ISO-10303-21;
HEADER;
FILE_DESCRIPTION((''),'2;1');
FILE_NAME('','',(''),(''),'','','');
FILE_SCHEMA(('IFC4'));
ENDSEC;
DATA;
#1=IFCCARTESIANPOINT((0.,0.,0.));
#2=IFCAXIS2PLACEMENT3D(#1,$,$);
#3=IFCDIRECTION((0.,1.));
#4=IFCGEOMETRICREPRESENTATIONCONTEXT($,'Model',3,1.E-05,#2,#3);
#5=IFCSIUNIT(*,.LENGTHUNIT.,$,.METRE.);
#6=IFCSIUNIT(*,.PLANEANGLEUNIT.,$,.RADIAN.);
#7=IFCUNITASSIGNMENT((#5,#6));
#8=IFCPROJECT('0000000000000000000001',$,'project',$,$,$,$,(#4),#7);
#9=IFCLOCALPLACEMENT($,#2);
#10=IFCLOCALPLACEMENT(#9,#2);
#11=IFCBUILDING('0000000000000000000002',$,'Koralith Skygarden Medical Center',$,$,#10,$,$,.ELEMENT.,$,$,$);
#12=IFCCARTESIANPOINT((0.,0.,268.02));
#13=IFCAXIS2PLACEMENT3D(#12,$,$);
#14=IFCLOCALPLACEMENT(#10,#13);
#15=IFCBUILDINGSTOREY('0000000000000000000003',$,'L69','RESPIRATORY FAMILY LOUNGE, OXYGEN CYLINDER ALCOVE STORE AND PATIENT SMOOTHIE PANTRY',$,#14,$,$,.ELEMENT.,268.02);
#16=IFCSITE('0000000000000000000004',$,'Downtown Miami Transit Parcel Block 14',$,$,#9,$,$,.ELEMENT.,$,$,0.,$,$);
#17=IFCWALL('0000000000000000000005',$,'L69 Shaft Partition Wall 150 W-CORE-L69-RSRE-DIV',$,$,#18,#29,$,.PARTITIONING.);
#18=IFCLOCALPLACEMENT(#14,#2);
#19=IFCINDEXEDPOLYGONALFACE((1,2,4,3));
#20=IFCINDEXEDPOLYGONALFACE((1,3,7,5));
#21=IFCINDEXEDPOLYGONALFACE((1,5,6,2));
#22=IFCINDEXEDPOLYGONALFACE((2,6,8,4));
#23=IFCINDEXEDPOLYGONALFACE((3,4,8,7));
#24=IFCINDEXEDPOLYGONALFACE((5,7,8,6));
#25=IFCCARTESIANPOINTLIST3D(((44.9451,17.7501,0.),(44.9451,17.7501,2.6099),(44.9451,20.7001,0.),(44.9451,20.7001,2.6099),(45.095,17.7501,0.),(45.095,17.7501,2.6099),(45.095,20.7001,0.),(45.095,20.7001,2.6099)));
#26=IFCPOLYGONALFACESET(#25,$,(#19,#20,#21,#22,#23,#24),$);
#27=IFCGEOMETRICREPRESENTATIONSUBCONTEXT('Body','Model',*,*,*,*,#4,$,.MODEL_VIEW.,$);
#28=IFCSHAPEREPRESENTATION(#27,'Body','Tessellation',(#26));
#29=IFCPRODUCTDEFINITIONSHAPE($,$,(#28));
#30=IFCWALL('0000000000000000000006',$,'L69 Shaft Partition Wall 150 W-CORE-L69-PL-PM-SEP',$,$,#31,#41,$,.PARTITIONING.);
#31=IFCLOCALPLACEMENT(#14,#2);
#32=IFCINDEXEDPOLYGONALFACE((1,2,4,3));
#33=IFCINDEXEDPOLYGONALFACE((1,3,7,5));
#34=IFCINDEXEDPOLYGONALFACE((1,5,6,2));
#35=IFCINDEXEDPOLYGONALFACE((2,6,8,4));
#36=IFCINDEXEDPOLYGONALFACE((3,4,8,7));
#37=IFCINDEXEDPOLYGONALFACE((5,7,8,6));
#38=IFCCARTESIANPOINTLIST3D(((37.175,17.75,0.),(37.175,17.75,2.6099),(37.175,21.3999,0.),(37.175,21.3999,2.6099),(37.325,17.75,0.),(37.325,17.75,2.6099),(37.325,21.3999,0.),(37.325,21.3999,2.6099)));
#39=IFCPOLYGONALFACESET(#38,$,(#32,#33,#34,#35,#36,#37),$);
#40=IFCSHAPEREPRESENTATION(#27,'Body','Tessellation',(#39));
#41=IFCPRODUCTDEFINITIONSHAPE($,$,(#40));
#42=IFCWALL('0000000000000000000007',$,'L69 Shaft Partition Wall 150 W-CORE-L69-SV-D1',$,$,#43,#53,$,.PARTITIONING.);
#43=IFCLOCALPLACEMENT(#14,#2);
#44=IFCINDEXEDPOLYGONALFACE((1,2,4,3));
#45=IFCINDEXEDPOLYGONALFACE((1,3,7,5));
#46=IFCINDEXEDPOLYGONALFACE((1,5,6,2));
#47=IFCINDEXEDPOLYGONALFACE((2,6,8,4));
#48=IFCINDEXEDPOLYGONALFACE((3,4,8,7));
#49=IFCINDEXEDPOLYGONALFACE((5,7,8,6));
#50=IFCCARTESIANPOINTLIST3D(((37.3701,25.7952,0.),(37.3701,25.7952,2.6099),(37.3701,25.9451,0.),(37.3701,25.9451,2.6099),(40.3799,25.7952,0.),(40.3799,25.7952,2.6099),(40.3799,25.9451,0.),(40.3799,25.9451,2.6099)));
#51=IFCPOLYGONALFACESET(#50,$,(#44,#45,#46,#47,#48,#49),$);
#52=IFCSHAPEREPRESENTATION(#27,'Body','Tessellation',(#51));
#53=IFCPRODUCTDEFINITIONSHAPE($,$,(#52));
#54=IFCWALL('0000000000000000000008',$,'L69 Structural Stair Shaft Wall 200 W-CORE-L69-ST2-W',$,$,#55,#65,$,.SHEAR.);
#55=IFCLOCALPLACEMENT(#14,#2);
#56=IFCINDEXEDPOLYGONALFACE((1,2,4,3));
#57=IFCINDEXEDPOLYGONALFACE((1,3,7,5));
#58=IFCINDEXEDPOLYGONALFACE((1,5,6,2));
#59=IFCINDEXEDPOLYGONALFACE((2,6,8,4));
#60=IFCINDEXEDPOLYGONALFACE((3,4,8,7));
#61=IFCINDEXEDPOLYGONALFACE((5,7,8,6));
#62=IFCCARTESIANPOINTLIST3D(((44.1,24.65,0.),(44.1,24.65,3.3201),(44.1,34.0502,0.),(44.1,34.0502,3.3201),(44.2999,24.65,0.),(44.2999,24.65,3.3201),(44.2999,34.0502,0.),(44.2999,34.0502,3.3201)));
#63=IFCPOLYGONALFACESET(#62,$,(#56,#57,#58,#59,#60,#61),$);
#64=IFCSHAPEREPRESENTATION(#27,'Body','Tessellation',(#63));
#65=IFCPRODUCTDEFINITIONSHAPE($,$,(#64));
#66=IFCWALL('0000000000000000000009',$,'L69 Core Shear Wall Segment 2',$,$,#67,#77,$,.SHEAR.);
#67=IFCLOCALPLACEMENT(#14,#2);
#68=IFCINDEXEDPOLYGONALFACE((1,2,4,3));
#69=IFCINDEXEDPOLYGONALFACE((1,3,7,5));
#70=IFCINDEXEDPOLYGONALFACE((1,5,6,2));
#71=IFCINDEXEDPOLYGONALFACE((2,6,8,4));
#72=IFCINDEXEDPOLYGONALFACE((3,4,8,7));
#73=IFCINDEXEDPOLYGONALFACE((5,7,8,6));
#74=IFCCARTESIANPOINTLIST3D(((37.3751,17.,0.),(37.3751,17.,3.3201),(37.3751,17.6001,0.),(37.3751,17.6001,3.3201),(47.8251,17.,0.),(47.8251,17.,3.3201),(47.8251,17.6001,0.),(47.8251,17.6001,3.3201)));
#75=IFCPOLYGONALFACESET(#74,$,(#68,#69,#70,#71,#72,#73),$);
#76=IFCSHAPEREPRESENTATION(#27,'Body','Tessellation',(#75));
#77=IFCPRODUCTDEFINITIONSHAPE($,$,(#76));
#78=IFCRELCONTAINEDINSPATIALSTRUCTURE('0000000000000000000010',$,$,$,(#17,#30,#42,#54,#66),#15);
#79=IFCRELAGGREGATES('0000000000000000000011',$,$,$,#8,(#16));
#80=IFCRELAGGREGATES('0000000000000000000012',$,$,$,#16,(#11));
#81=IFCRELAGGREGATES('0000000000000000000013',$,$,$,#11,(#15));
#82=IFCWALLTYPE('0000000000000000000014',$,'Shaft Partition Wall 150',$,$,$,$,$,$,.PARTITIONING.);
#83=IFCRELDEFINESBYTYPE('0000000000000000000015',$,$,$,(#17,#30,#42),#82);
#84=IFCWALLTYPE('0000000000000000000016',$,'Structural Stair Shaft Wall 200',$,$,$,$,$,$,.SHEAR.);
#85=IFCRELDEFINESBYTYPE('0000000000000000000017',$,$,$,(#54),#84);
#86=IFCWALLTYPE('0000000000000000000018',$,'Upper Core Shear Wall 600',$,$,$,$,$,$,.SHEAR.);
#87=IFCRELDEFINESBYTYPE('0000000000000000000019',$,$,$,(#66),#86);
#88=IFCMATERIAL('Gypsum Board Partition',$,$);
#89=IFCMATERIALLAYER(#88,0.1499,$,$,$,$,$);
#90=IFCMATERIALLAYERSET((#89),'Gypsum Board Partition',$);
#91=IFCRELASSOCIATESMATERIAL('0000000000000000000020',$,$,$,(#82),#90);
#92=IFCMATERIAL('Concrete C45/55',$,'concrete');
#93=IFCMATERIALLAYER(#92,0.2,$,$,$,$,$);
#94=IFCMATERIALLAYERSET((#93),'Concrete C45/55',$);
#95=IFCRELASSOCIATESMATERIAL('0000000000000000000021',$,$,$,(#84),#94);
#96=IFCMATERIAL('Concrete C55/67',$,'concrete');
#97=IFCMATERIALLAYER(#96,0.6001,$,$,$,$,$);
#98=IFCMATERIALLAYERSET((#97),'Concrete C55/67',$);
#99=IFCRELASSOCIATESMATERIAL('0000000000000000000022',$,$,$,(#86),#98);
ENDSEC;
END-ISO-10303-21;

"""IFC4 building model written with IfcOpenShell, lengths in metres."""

from ifc_helpers import new_model, si_unit, direction, frame, frame_2d, origin, place, context, subcontext, project, spatial, rectangle, extrude, material, layer, layer_set, type_object, element, save


model = new_model("IFC4")

# Units and contexts
model_context = context("Model", 3, precision=1e-05, world=origin(), true_north=direction((0.0, 1.0)))
body_context = subcontext(model_context, "Body", "Model", "MODEL_VIEW")
ifc_project = project(units=[si_unit("LENGTHUNIT", "METRE"), si_unit("PLANEANGLEUNIT", "RADIAN")], contexts=[model_context])

# Site, building, storey
site_placement = place(None, origin())
site = spatial("IfcSite", under=ifc_project, at=site_placement, Name="Downtown Miami Transit Parcel Block 14", CompositionType="ELEMENT", RefElevation=0.0)
building_placement = place(site_placement, origin())
building = spatial("IfcBuilding", under=site, at=building_placement, Name="Koralith Skygarden Medical Center", CompositionType="ELEMENT")
storey_placement = place(building_placement, frame((0.0, 0.0, 268.02)))
storey = spatial("IfcBuildingStorey", under=building, at=storey_placement, Name="L69", Description="RESPIRATORY FAMILY LOUNGE, OXYGEN CYLINDER ALCOVE STORE AND PATIENT SMOOTHIE PANTRY", CompositionType="ELEMENT", Elevation=268.02)

# Shared definitions
ifc_material_1 = material(Name="Concrete C55/67", Category="concrete")

# Shared definitions
ifc_material_2 = material(Name="Concrete C45/55", Category="concrete")

# Shared definitions
ifc_material_3 = material(Name="Gypsum Board Partition")

# Walls
ifc_layer_1 = layer(ifc_material_3, 0.1499)
ifc_layer_set_1 = layer_set([ifc_layer_1], Name="Gypsum Board Partition")
wall_type_1 = type_object("IfcWallType", Name="Shaft Partition Wall 150", PredefinedType="PARTITIONING", material=ifc_layer_set_1)
wall_1_placement = place(storey_placement, frame((45.02, 17.75, 0.0), z_axis=(0.0, 0.0, 1.0), x_axis=(0.0, 1.0, 0.0)))
element("IfcWall", 1, at=wall_1_placement, inside=storey, type_object=wall_type_1, Name="L69 Shaft Partition Wall 150 W-CORE-L69-RSRE-DIV", PredefinedType="PARTITIONING", context=body_context, shape_type="SweptSolid", body=[
    extrude(rectangle(XDim=2.95, YDim=0.1499, at=frame_2d((1.4751, 0.0))), origin(), (0.0, 0.0, 1.0), 2.6099),
])
wall_2_placement = place(storey_placement, frame((37.25, 17.75, 0.0), z_axis=(0.0, 0.0, 1.0), x_axis=(0.0, 1.0, 0.0)))
element("IfcWall", 2, at=wall_2_placement, inside=storey, type_object=wall_type_1, Name="L69 Shaft Partition Wall 150 W-CORE-L69-PL-PM-SEP", PredefinedType="PARTITIONING", context=body_context, shape_type="SweptSolid", body=[
    extrude(rectangle(XDim=3.6499, YDim=0.1499, at=frame_2d((1.825, 0.0))), origin(), (0.0, 0.0, 1.0), 2.6099),
])
wall_3_placement = place(storey_placement, frame((37.3701, 25.8701, 0.0), z_axis=(0.0, 0.0, 1.0), x_axis=(1.0, 0.0, 0.0)))
element("IfcWall", 3, at=wall_3_placement, inside=storey, type_object=wall_type_1, Name="L69 Shaft Partition Wall 150 W-CORE-L69-SV-D1", PredefinedType="PARTITIONING", context=body_context, shape_type="SweptSolid", body=[
    extrude(rectangle(XDim=3.0098, YDim=0.1499, at=frame_2d((1.5049, 0.0))), origin(), (0.0, 0.0, 1.0), 2.6099),
])
ifc_layer_2 = layer(ifc_material_2, 0.2)
ifc_layer_set_2 = layer_set([ifc_layer_2], Name="Concrete C45/55")
wall_type_2 = type_object("IfcWallType", Name="Structural Stair Shaft Wall 200", PredefinedType="SHEAR", material=ifc_layer_set_2)
wall_4_placement = place(storey_placement, frame((44.2, 24.6499, 0.0), z_axis=(0.0, 0.0, 1.0), x_axis=(0.0, 1.0, 0.0)))
element("IfcWall", 4, at=wall_4_placement, inside=storey, type_object=wall_type_2, Name="L69 Structural Stair Shaft Wall 200 W-CORE-L69-ST2-W", PredefinedType="SHEAR", context=body_context, shape_type="SweptSolid", body=[
    extrude(rectangle(XDim=9.4001, YDim=0.2, at=frame_2d((4.7002, 0.0))), origin(), (0.0, 0.0, 1.0), 3.3201),
])

# Wall
ifc_layer_3 = layer(ifc_material_1, 0.6001)
ifc_layer_set_3 = layer_set([ifc_layer_3], Name="Concrete C55/67")
wall_type_3 = type_object("IfcWallType", Name="Upper Core Shear Wall 600", PredefinedType="SHEAR", material=ifc_layer_set_3)
wall_5_placement = place(storey_placement, frame((37.375, 17.3, 0.0), z_axis=(0.0, 0.0, 1.0), x_axis=(1.0, 0.0, 0.0)))
element("IfcWall", 5, at=wall_5_placement, inside=storey, type_object=wall_type_3, Name="L69 Core Shear Wall Segment 2", PredefinedType="SHEAR", context=body_context, shape_type="SweptSolid", body=[
    extrude(rectangle(XDim=10.45, YDim=0.6001, at=frame_2d((5.2251, 0.0))), origin(), (0.0, 0.0, 1.0), 3.3201),
])

save(model, "model.ifc")
